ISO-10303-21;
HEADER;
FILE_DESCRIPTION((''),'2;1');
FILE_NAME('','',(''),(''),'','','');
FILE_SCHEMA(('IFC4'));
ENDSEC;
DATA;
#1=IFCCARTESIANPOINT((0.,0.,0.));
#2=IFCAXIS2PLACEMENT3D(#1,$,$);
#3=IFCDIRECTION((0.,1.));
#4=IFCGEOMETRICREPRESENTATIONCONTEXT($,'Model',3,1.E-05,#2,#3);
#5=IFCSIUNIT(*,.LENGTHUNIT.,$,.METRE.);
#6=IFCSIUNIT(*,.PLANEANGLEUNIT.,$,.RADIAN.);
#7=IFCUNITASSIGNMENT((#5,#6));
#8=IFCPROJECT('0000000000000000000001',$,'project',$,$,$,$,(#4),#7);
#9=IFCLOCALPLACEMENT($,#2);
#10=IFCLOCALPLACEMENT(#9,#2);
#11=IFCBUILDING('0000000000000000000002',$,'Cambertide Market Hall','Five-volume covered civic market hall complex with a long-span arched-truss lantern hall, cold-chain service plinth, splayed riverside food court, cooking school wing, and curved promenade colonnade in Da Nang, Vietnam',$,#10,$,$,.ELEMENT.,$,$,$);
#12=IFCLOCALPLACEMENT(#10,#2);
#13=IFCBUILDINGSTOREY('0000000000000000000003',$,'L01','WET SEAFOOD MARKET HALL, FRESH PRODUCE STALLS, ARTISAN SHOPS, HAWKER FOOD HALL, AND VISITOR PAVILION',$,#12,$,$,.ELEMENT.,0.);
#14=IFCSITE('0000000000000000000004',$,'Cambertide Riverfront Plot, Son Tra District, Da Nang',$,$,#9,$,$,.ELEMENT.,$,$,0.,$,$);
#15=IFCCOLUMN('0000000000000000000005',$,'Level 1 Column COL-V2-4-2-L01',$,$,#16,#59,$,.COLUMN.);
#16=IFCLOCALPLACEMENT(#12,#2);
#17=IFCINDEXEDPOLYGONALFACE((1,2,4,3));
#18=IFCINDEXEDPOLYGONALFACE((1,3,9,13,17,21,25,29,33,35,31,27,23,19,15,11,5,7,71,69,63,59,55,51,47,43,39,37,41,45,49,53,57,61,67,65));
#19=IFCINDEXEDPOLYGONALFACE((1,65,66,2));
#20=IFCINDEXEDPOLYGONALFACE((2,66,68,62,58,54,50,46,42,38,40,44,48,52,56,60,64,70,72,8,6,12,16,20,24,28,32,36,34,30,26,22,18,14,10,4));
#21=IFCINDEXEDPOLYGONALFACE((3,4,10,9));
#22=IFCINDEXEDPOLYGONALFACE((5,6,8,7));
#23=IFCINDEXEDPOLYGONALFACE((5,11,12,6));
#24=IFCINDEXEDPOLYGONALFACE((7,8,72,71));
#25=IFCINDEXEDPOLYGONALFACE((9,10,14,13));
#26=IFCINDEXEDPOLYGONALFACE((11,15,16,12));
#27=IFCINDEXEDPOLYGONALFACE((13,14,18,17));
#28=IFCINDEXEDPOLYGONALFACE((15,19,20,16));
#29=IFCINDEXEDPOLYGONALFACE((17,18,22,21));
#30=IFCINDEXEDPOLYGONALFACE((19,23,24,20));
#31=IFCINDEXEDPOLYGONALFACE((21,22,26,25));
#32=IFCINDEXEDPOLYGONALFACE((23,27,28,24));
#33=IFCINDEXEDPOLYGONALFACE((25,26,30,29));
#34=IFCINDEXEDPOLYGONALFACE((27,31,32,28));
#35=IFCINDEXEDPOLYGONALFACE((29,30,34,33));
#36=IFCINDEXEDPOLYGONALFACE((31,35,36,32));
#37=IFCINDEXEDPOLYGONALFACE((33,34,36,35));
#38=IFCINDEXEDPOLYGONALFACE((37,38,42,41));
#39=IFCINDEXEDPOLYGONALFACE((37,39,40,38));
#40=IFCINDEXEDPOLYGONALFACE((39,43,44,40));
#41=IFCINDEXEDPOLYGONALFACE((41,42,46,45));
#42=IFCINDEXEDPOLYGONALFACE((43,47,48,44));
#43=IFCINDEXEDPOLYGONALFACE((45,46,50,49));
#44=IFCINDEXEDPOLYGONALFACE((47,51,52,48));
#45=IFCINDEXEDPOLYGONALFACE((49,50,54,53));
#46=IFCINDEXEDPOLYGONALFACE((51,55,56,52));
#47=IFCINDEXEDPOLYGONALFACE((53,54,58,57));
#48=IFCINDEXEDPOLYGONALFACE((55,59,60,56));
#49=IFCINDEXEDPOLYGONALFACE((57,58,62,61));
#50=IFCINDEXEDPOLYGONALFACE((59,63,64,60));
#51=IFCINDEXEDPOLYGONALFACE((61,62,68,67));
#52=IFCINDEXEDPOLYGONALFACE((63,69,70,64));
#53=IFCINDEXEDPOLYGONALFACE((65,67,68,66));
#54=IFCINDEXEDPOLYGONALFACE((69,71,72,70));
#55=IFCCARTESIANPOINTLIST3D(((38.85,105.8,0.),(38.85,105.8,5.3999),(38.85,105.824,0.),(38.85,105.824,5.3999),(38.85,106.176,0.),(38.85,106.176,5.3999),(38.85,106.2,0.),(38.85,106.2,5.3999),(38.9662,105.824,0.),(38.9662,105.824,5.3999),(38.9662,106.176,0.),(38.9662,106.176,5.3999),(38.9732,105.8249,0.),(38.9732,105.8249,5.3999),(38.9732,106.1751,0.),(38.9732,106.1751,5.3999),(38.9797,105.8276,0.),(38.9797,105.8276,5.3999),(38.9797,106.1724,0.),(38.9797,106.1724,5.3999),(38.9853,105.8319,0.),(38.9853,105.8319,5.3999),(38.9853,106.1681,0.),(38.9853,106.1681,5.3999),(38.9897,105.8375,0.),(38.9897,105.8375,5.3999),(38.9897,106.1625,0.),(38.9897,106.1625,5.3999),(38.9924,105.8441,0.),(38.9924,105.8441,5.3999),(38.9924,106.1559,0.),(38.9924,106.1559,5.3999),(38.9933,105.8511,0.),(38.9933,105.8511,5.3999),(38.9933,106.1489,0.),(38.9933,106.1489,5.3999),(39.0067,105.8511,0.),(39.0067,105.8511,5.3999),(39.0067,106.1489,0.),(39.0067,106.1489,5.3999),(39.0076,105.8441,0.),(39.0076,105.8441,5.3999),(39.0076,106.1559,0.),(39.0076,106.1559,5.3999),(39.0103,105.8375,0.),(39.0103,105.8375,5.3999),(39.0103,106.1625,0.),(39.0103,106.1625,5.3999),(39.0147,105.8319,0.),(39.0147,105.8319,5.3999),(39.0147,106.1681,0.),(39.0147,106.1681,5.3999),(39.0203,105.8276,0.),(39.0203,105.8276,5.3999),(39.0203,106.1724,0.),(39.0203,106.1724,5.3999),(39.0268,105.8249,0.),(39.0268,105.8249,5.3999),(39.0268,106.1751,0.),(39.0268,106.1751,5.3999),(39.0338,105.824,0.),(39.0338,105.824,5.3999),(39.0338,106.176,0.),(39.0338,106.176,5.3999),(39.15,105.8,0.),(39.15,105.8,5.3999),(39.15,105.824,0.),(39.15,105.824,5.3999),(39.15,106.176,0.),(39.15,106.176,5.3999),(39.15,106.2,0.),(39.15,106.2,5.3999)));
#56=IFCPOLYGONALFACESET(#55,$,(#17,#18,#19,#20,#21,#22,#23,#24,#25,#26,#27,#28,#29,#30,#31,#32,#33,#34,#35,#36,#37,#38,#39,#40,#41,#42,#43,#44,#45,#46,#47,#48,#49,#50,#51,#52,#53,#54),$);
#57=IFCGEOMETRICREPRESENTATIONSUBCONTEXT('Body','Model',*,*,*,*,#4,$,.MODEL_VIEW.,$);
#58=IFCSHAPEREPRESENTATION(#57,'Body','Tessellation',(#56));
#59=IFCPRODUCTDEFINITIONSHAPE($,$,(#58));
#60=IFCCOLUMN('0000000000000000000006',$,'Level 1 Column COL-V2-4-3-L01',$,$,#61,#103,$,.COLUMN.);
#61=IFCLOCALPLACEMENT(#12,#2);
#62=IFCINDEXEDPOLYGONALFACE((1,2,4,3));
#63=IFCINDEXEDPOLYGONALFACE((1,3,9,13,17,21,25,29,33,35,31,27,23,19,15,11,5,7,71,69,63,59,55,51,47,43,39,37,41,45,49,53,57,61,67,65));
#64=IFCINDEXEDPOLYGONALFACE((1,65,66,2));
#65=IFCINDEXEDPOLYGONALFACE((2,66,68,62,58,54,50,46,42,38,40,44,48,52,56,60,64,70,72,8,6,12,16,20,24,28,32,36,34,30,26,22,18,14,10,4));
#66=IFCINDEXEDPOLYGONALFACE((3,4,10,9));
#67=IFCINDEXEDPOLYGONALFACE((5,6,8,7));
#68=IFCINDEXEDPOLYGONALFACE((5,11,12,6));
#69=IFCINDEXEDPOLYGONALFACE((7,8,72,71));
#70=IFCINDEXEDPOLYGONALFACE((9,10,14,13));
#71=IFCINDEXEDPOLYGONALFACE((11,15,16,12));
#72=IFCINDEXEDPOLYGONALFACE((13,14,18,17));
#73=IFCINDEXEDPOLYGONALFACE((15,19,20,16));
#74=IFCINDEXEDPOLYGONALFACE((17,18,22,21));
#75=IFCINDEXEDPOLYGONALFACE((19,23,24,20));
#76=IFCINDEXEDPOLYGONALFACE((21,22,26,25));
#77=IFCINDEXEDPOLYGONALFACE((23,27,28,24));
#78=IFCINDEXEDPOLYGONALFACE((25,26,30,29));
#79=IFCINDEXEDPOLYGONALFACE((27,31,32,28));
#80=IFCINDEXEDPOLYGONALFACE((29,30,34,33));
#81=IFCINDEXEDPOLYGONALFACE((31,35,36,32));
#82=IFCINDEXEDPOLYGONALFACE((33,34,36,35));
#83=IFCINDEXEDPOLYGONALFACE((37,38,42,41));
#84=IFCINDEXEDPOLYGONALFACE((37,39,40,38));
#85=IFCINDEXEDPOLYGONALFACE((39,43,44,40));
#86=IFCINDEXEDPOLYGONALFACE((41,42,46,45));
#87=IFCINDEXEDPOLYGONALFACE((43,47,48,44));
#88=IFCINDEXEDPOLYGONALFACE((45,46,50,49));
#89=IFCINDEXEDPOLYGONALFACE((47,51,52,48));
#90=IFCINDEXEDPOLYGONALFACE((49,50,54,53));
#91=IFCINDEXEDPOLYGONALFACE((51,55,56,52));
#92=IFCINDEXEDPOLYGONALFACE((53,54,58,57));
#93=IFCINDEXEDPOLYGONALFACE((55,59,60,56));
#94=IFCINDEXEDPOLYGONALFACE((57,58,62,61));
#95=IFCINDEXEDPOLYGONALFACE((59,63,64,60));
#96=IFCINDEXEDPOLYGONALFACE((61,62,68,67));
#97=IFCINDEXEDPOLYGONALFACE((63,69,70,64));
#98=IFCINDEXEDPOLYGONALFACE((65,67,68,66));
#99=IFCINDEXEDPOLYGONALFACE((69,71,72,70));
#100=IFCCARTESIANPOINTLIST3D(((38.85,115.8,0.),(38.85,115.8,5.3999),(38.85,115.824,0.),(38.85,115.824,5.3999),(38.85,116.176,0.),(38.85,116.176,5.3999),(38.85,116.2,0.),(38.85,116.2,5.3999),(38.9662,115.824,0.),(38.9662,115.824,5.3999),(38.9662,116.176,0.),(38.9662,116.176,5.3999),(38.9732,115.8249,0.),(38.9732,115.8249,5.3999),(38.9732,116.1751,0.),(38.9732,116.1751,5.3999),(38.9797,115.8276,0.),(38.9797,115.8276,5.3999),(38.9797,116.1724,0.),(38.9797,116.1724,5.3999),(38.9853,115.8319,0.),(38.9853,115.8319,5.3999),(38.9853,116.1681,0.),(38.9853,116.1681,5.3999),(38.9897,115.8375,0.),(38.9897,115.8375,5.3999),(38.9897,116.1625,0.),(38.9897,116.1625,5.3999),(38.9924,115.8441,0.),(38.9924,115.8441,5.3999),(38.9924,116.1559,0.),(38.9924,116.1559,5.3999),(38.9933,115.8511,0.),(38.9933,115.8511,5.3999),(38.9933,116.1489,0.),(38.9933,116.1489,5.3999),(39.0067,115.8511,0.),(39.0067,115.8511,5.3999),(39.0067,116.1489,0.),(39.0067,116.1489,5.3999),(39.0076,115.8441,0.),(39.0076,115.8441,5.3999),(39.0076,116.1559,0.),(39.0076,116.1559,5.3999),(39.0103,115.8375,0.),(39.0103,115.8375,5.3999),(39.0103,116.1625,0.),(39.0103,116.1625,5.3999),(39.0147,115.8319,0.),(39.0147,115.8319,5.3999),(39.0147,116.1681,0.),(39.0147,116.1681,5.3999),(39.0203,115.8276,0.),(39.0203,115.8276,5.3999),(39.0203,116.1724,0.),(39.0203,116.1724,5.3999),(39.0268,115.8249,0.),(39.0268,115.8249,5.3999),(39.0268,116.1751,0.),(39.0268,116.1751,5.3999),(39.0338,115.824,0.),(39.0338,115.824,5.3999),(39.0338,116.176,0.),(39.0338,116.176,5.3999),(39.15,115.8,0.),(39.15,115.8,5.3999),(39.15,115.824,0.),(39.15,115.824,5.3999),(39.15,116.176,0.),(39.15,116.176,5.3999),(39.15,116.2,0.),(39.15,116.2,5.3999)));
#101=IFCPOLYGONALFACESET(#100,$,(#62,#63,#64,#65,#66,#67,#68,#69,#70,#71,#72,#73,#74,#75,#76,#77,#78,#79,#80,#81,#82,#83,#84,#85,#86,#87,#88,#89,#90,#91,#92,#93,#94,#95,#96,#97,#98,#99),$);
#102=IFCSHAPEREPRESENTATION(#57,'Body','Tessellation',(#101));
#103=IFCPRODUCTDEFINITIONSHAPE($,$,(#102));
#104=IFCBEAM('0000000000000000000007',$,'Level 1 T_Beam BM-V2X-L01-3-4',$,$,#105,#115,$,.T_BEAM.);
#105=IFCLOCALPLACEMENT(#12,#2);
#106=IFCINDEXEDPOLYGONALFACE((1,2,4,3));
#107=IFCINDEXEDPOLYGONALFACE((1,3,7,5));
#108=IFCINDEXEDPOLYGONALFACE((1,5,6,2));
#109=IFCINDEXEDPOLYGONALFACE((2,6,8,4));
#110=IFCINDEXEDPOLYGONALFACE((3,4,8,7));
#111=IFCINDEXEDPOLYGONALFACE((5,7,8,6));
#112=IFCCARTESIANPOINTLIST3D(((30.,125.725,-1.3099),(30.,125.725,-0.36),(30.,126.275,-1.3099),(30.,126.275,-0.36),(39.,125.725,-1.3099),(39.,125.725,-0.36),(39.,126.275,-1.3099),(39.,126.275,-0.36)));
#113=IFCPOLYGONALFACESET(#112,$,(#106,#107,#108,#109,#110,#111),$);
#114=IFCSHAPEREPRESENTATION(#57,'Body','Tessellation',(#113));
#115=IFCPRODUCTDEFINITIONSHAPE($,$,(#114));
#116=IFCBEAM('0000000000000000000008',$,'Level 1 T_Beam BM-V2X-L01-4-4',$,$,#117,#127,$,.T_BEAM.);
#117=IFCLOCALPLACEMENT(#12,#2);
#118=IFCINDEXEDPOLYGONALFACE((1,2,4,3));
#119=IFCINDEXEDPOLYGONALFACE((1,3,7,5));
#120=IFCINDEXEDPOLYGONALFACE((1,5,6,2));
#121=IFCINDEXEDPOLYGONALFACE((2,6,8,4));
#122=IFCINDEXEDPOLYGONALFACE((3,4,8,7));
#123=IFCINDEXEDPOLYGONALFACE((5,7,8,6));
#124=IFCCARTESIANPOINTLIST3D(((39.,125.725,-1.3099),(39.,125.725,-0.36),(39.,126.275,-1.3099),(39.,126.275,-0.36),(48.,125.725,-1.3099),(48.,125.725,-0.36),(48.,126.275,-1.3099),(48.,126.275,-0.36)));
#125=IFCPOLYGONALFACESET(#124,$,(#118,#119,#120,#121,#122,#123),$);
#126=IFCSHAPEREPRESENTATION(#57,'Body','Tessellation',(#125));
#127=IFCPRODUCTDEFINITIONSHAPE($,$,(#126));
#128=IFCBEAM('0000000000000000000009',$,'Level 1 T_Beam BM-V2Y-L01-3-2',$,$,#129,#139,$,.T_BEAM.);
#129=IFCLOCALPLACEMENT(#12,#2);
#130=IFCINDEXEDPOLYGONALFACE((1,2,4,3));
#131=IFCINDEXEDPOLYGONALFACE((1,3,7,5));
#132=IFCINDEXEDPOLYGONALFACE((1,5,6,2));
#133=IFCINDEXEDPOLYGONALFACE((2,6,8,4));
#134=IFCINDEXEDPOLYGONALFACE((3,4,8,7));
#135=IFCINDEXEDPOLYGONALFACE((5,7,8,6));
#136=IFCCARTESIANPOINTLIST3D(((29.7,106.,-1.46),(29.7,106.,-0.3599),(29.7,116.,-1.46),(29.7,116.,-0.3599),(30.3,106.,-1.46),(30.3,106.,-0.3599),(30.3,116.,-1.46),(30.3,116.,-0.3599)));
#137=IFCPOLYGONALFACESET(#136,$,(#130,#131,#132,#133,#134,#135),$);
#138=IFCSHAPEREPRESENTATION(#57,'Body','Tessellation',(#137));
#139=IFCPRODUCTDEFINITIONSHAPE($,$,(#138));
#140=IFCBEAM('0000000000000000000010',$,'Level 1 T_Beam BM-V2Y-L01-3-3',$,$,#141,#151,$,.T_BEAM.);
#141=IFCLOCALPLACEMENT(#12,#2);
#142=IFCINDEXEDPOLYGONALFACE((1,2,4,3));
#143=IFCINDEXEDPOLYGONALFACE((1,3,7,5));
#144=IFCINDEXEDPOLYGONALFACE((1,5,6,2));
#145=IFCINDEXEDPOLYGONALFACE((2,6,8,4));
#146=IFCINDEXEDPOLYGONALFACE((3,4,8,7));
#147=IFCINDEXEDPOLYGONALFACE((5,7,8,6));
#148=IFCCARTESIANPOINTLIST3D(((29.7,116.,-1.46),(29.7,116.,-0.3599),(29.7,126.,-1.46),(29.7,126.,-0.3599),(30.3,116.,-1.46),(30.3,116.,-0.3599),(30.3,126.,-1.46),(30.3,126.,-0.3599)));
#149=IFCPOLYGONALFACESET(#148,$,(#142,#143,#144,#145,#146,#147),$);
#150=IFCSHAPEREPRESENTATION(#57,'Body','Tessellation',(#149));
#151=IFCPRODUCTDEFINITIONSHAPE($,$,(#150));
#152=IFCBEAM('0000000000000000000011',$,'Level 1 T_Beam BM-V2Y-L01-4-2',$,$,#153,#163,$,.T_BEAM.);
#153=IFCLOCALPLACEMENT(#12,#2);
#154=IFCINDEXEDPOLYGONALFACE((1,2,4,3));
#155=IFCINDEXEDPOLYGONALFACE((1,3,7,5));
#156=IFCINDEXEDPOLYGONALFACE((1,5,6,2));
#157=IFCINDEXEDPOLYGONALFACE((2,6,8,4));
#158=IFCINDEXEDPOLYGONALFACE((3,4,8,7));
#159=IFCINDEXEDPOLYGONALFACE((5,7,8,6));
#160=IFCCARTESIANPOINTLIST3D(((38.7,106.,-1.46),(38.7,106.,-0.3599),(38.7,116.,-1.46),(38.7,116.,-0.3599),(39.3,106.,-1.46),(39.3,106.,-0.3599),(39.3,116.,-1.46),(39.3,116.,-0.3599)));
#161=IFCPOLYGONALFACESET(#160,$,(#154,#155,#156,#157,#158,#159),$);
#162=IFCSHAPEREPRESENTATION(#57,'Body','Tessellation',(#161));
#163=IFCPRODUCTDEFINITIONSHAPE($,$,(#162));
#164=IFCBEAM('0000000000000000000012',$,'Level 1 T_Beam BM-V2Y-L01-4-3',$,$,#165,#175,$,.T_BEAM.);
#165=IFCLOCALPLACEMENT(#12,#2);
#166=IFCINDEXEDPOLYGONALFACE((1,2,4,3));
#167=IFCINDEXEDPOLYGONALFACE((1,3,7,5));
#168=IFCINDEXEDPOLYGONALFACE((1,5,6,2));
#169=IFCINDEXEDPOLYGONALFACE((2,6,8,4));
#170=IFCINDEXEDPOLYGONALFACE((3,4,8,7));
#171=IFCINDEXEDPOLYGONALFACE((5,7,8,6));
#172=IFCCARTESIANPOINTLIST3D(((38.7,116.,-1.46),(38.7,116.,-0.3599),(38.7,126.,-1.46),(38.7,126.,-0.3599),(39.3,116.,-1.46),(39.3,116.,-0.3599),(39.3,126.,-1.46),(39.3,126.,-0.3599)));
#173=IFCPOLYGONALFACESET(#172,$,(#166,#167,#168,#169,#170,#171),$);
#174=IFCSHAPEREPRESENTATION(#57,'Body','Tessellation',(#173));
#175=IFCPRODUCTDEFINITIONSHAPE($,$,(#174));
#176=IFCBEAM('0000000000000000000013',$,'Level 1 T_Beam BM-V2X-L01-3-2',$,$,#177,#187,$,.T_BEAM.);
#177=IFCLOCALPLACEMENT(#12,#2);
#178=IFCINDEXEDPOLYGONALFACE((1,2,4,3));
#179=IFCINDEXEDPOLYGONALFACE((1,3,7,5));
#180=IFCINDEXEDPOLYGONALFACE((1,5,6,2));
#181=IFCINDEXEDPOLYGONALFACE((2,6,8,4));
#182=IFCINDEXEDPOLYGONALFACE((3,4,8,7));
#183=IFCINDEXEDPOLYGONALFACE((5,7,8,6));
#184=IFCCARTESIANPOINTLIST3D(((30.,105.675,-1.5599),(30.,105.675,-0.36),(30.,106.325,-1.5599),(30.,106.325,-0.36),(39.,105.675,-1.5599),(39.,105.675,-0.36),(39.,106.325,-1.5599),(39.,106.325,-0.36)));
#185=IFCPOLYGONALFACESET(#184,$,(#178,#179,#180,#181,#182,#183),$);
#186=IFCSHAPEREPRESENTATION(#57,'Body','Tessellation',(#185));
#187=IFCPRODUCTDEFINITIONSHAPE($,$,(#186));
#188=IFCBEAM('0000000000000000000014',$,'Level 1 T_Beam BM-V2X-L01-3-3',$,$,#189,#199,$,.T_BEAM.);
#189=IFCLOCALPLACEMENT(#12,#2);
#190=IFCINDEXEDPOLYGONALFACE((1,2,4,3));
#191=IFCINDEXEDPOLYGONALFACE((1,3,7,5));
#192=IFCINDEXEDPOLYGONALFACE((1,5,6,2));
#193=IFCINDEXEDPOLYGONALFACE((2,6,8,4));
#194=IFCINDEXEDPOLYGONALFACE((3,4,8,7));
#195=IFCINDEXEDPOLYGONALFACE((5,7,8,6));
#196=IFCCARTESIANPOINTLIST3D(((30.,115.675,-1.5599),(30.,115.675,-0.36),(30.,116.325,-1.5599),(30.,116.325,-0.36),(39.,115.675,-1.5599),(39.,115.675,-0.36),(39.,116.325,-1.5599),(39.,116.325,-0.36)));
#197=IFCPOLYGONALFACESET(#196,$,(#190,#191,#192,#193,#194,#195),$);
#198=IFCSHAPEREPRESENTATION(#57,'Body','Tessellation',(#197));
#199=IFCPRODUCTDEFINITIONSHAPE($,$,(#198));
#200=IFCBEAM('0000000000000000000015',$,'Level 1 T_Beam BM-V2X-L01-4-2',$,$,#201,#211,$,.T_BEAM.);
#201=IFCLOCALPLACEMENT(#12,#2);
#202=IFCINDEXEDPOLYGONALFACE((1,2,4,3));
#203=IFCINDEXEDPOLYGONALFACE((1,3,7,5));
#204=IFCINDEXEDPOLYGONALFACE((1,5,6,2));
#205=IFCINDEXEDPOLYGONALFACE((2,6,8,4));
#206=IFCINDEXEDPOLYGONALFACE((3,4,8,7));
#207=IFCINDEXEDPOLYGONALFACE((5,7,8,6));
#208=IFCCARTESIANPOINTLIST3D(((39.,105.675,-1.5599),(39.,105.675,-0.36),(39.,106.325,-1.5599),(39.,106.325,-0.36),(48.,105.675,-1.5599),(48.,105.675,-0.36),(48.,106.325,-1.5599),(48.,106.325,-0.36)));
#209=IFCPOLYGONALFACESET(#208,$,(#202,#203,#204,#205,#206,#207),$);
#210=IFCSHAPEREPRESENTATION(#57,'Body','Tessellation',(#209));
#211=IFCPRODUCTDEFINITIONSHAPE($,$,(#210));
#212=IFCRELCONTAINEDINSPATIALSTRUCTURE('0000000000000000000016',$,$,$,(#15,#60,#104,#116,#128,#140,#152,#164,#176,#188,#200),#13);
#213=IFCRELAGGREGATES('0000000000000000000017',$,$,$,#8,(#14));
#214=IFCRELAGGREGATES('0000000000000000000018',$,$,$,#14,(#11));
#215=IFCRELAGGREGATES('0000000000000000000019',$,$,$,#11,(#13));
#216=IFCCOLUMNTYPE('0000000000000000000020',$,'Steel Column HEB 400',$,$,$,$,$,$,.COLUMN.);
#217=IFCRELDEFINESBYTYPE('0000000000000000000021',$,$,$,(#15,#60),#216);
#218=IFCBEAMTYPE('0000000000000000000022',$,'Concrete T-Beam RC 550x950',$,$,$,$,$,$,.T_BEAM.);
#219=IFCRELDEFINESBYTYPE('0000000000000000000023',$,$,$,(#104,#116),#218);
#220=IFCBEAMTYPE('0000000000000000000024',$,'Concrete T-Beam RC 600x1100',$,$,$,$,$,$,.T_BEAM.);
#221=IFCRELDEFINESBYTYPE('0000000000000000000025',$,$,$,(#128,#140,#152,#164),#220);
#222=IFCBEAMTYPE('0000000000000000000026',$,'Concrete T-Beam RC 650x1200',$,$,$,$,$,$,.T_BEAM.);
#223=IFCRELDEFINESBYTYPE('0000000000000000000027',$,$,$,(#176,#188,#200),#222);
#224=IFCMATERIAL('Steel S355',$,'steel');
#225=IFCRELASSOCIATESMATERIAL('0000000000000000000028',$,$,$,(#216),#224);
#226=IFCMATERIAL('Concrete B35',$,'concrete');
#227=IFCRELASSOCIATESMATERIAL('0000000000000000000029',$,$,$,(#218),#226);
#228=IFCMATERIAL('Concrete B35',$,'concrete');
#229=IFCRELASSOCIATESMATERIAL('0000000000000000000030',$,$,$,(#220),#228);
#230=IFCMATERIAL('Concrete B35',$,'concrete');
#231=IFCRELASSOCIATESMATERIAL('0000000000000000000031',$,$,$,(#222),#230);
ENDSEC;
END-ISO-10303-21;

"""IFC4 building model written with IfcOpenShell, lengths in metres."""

from ifc_helpers import new_model, si_unit, direction, frame, origin, origin_2d, place, context, subcontext, project, spatial, rectangle, i_section, extrude, material, material_profile, profile_set, type_object, element, save


model = new_model("IFC4")

# Units and contexts
model_context = context("Model", 3, precision=1e-05, world=origin(), true_north=direction((0.0, 1.0)))
body_context = subcontext(model_context, "Body", "Model", "MODEL_VIEW")
ifc_project = project(units=[si_unit("LENGTHUNIT", "METRE"), si_unit("PLANEANGLEUNIT", "RADIAN")], contexts=[model_context])

# Site, building, storey
site_placement = place(None, origin())
site = spatial("IfcSite", under=ifc_project, at=site_placement, Name="Cambertide Riverfront Plot, Son Tra District, Da Nang", CompositionType="ELEMENT", RefElevation=0.0)
building_placement = place(site_placement, origin())
building = spatial("IfcBuilding", under=site, at=building_placement, Name="Cambertide Market Hall", Description="Five-volume covered civic market hall complex with a long-span arched-truss lantern hall, cold-chain service plinth, splayed riverside food court, cooking school wing, and curved promenade colonnade in Da Nang, Vietnam", CompositionType="ELEMENT")
storey_placement = place(building_placement, origin())
storey = spatial("IfcBuildingStorey", under=building, at=storey_placement, Name="L01", Description="WET SEAFOOD MARKET HALL, FRESH PRODUCE STALLS, ARTISAN SHOPS, HAWKER FOOD HALL, AND VISITOR PAVILION", CompositionType="ELEMENT", Elevation=0.0)

# Columns
ifc_material_1 = material(Name="Steel S355", Category="steel")
ifc_material_profile_1 = material_profile(ifc_material_1, i_section(OverallWidth=0.3, OverallDepth=0.3999, WebThickness=0.0134, FlangeThickness=0.0239, FilletRadius=0.0271, at=origin_2d()), Name="HEB 400")
ifc_profile_set_1 = profile_set([ifc_material_profile_1], Name="Steel S355")
column_type_1 = type_object("IfcColumnType", Name="Steel Column HEB 400", PredefinedType="COLUMN", material=ifc_profile_set_1)
for number, where, z_axis, x_axis, name in (
    (1, (39.0, 106.0, 0.0), (0.0, 0.0, 1.0), (1.0, 0.0, 0.0), "Level 1 Column COL-V2-4-2-L01"),
    (2, (39.0, 116.0, 0.0), (0.0, 0.0, 1.0), (1.0, 0.0, 0.0), "Level 1 Column COL-V2-4-3-L01"),
):
    element("IfcColumn", number, at=place(storey_placement, frame(where, z_axis=z_axis, x_axis=x_axis)), inside=storey, type_object=column_type_1, Name=name, PredefinedType="COLUMN", context=body_context, shape_type="SweptSolid", body=[
        extrude(i_section(OverallWidth=0.3, OverallDepth=0.3999, WebThickness=0.0134, FlangeThickness=0.0239, FilletRadius=0.0271, at=origin_2d()), origin(), (0.0, 0.0, 1.0), 5.3999),
    ])

# Beams
ifc_material_2 = material(Name="Concrete B35", Category="concrete")
ifc_material_profile_2 = material_profile(ifc_material_2, rectangle(XDim=0.55, YDim=0.95, at=origin_2d()), Name="RC 550x950")
ifc_profile_set_2 = profile_set([ifc_material_profile_2], Name="Concrete B35")
beam_type_1 = type_object("IfcBeamType", Name="Concrete T-Beam RC 550x950", PredefinedType="T_BEAM", material=ifc_profile_set_2)
for number, where, z_axis, x_axis, name in (
    (3, (30.0, 126.0, -0.835), (1.0, 0.0, 0.0), (0.0, 1.0, 0.0), "Level 1 T_Beam BM-V2X-L01-3-4"),
    (4, (39.0, 126.0, -0.835), (1.0, 0.0, 0.0), (0.0, 1.0, 0.0), "Level 1 T_Beam BM-V2X-L01-4-4"),
):
    element("IfcBeam", number, at=place(storey_placement, frame(where, z_axis=z_axis, x_axis=x_axis)), inside=storey, type_object=beam_type_1, Name=name, PredefinedType="T_BEAM", context=body_context, shape_type="SweptSolid", body=[
        extrude(rectangle(XDim=0.55, YDim=0.95, at=origin_2d()), origin(), (0.0, 0.0, 1.0), 9.0),
    ])
ifc_material_3 = material(Name="Concrete B35", Category="concrete")
ifc_material_profile_3 = material_profile(ifc_material_3, rectangle(XDim=0.6001, YDim=1.1001, at=origin_2d()), Name="RC 600x1100")
ifc_profile_set_3 = profile_set([ifc_material_profile_3], Name="Concrete B35")
beam_type_2 = type_object("IfcBeamType", Name="Concrete T-Beam RC 600x1100", PredefinedType="T_BEAM", material=ifc_profile_set_3)
for number, where, z_axis, x_axis, name in (
    (5, (30.0, 106.0, -0.9099), (0.0, 1.0, 0.0), (-1.0, 0.0, 0.0), "Level 1 T_Beam BM-V2Y-L01-3-2"),
    (6, (30.0, 116.0, -0.9099), (0.0, 1.0, 0.0), (-1.0, 0.0, 0.0), "Level 1 T_Beam BM-V2Y-L01-3-3"),
    (7, (39.0, 106.0, -0.9099), (0.0, 1.0, 0.0), (-1.0, 0.0, 0.0), "Level 1 T_Beam BM-V2Y-L01-4-2"),
    (8, (39.0, 116.0, -0.9099), (0.0, 1.0, 0.0), (-1.0, 0.0, 0.0), "Level 1 T_Beam BM-V2Y-L01-4-3"),
):
    element("IfcBeam", number, at=place(storey_placement, frame(where, z_axis=z_axis, x_axis=x_axis)), inside=storey, type_object=beam_type_2, Name=name, PredefinedType="T_BEAM", context=body_context, shape_type="SweptSolid", body=[
        extrude(rectangle(XDim=0.6001, YDim=1.1001, at=origin_2d()), origin(), (0.0, 0.0, 1.0), 10.0),
    ])
ifc_material_4 = material(Name="Concrete B35", Category="concrete")
ifc_material_profile_4 = material_profile(ifc_material_4, rectangle(XDim=0.6499, YDim=1.2, at=origin_2d()), Name="RC 650x1200")
ifc_profile_set_4 = profile_set([ifc_material_profile_4], Name="Concrete B35")
beam_type_3 = type_object("IfcBeamType", Name="Concrete T-Beam RC 650x1200", PredefinedType="T_BEAM", material=ifc_profile_set_4)
for number, where, z_axis, x_axis, name in (
    (9, (30.0, 106.0, -0.96), (1.0, 0.0, 0.0), (0.0, 1.0, 0.0), "Level 1 T_Beam BM-V2X-L01-3-2"),
    (10, (30.0, 116.0, -0.96), (1.0, 0.0, 0.0), (0.0, 1.0, 0.0), "Level 1 T_Beam BM-V2X-L01-3-3"),
    (11, (39.0, 106.0, -0.96), (1.0, 0.0, 0.0), (0.0, 1.0, 0.0), "Level 1 T_Beam BM-V2X-L01-4-2"),
):
    element("IfcBeam", number, at=place(storey_placement, frame(where, z_axis=z_axis, x_axis=x_axis)), inside=storey, type_object=beam_type_3, Name=name, PredefinedType="T_BEAM", context=body_context, shape_type="SweptSolid", body=[
        extrude(rectangle(XDim=0.6499, YDim=1.2, at=origin_2d()), origin(), (0.0, 0.0, 1.0), 9.0),
    ])

save(model, "model.ifc")
